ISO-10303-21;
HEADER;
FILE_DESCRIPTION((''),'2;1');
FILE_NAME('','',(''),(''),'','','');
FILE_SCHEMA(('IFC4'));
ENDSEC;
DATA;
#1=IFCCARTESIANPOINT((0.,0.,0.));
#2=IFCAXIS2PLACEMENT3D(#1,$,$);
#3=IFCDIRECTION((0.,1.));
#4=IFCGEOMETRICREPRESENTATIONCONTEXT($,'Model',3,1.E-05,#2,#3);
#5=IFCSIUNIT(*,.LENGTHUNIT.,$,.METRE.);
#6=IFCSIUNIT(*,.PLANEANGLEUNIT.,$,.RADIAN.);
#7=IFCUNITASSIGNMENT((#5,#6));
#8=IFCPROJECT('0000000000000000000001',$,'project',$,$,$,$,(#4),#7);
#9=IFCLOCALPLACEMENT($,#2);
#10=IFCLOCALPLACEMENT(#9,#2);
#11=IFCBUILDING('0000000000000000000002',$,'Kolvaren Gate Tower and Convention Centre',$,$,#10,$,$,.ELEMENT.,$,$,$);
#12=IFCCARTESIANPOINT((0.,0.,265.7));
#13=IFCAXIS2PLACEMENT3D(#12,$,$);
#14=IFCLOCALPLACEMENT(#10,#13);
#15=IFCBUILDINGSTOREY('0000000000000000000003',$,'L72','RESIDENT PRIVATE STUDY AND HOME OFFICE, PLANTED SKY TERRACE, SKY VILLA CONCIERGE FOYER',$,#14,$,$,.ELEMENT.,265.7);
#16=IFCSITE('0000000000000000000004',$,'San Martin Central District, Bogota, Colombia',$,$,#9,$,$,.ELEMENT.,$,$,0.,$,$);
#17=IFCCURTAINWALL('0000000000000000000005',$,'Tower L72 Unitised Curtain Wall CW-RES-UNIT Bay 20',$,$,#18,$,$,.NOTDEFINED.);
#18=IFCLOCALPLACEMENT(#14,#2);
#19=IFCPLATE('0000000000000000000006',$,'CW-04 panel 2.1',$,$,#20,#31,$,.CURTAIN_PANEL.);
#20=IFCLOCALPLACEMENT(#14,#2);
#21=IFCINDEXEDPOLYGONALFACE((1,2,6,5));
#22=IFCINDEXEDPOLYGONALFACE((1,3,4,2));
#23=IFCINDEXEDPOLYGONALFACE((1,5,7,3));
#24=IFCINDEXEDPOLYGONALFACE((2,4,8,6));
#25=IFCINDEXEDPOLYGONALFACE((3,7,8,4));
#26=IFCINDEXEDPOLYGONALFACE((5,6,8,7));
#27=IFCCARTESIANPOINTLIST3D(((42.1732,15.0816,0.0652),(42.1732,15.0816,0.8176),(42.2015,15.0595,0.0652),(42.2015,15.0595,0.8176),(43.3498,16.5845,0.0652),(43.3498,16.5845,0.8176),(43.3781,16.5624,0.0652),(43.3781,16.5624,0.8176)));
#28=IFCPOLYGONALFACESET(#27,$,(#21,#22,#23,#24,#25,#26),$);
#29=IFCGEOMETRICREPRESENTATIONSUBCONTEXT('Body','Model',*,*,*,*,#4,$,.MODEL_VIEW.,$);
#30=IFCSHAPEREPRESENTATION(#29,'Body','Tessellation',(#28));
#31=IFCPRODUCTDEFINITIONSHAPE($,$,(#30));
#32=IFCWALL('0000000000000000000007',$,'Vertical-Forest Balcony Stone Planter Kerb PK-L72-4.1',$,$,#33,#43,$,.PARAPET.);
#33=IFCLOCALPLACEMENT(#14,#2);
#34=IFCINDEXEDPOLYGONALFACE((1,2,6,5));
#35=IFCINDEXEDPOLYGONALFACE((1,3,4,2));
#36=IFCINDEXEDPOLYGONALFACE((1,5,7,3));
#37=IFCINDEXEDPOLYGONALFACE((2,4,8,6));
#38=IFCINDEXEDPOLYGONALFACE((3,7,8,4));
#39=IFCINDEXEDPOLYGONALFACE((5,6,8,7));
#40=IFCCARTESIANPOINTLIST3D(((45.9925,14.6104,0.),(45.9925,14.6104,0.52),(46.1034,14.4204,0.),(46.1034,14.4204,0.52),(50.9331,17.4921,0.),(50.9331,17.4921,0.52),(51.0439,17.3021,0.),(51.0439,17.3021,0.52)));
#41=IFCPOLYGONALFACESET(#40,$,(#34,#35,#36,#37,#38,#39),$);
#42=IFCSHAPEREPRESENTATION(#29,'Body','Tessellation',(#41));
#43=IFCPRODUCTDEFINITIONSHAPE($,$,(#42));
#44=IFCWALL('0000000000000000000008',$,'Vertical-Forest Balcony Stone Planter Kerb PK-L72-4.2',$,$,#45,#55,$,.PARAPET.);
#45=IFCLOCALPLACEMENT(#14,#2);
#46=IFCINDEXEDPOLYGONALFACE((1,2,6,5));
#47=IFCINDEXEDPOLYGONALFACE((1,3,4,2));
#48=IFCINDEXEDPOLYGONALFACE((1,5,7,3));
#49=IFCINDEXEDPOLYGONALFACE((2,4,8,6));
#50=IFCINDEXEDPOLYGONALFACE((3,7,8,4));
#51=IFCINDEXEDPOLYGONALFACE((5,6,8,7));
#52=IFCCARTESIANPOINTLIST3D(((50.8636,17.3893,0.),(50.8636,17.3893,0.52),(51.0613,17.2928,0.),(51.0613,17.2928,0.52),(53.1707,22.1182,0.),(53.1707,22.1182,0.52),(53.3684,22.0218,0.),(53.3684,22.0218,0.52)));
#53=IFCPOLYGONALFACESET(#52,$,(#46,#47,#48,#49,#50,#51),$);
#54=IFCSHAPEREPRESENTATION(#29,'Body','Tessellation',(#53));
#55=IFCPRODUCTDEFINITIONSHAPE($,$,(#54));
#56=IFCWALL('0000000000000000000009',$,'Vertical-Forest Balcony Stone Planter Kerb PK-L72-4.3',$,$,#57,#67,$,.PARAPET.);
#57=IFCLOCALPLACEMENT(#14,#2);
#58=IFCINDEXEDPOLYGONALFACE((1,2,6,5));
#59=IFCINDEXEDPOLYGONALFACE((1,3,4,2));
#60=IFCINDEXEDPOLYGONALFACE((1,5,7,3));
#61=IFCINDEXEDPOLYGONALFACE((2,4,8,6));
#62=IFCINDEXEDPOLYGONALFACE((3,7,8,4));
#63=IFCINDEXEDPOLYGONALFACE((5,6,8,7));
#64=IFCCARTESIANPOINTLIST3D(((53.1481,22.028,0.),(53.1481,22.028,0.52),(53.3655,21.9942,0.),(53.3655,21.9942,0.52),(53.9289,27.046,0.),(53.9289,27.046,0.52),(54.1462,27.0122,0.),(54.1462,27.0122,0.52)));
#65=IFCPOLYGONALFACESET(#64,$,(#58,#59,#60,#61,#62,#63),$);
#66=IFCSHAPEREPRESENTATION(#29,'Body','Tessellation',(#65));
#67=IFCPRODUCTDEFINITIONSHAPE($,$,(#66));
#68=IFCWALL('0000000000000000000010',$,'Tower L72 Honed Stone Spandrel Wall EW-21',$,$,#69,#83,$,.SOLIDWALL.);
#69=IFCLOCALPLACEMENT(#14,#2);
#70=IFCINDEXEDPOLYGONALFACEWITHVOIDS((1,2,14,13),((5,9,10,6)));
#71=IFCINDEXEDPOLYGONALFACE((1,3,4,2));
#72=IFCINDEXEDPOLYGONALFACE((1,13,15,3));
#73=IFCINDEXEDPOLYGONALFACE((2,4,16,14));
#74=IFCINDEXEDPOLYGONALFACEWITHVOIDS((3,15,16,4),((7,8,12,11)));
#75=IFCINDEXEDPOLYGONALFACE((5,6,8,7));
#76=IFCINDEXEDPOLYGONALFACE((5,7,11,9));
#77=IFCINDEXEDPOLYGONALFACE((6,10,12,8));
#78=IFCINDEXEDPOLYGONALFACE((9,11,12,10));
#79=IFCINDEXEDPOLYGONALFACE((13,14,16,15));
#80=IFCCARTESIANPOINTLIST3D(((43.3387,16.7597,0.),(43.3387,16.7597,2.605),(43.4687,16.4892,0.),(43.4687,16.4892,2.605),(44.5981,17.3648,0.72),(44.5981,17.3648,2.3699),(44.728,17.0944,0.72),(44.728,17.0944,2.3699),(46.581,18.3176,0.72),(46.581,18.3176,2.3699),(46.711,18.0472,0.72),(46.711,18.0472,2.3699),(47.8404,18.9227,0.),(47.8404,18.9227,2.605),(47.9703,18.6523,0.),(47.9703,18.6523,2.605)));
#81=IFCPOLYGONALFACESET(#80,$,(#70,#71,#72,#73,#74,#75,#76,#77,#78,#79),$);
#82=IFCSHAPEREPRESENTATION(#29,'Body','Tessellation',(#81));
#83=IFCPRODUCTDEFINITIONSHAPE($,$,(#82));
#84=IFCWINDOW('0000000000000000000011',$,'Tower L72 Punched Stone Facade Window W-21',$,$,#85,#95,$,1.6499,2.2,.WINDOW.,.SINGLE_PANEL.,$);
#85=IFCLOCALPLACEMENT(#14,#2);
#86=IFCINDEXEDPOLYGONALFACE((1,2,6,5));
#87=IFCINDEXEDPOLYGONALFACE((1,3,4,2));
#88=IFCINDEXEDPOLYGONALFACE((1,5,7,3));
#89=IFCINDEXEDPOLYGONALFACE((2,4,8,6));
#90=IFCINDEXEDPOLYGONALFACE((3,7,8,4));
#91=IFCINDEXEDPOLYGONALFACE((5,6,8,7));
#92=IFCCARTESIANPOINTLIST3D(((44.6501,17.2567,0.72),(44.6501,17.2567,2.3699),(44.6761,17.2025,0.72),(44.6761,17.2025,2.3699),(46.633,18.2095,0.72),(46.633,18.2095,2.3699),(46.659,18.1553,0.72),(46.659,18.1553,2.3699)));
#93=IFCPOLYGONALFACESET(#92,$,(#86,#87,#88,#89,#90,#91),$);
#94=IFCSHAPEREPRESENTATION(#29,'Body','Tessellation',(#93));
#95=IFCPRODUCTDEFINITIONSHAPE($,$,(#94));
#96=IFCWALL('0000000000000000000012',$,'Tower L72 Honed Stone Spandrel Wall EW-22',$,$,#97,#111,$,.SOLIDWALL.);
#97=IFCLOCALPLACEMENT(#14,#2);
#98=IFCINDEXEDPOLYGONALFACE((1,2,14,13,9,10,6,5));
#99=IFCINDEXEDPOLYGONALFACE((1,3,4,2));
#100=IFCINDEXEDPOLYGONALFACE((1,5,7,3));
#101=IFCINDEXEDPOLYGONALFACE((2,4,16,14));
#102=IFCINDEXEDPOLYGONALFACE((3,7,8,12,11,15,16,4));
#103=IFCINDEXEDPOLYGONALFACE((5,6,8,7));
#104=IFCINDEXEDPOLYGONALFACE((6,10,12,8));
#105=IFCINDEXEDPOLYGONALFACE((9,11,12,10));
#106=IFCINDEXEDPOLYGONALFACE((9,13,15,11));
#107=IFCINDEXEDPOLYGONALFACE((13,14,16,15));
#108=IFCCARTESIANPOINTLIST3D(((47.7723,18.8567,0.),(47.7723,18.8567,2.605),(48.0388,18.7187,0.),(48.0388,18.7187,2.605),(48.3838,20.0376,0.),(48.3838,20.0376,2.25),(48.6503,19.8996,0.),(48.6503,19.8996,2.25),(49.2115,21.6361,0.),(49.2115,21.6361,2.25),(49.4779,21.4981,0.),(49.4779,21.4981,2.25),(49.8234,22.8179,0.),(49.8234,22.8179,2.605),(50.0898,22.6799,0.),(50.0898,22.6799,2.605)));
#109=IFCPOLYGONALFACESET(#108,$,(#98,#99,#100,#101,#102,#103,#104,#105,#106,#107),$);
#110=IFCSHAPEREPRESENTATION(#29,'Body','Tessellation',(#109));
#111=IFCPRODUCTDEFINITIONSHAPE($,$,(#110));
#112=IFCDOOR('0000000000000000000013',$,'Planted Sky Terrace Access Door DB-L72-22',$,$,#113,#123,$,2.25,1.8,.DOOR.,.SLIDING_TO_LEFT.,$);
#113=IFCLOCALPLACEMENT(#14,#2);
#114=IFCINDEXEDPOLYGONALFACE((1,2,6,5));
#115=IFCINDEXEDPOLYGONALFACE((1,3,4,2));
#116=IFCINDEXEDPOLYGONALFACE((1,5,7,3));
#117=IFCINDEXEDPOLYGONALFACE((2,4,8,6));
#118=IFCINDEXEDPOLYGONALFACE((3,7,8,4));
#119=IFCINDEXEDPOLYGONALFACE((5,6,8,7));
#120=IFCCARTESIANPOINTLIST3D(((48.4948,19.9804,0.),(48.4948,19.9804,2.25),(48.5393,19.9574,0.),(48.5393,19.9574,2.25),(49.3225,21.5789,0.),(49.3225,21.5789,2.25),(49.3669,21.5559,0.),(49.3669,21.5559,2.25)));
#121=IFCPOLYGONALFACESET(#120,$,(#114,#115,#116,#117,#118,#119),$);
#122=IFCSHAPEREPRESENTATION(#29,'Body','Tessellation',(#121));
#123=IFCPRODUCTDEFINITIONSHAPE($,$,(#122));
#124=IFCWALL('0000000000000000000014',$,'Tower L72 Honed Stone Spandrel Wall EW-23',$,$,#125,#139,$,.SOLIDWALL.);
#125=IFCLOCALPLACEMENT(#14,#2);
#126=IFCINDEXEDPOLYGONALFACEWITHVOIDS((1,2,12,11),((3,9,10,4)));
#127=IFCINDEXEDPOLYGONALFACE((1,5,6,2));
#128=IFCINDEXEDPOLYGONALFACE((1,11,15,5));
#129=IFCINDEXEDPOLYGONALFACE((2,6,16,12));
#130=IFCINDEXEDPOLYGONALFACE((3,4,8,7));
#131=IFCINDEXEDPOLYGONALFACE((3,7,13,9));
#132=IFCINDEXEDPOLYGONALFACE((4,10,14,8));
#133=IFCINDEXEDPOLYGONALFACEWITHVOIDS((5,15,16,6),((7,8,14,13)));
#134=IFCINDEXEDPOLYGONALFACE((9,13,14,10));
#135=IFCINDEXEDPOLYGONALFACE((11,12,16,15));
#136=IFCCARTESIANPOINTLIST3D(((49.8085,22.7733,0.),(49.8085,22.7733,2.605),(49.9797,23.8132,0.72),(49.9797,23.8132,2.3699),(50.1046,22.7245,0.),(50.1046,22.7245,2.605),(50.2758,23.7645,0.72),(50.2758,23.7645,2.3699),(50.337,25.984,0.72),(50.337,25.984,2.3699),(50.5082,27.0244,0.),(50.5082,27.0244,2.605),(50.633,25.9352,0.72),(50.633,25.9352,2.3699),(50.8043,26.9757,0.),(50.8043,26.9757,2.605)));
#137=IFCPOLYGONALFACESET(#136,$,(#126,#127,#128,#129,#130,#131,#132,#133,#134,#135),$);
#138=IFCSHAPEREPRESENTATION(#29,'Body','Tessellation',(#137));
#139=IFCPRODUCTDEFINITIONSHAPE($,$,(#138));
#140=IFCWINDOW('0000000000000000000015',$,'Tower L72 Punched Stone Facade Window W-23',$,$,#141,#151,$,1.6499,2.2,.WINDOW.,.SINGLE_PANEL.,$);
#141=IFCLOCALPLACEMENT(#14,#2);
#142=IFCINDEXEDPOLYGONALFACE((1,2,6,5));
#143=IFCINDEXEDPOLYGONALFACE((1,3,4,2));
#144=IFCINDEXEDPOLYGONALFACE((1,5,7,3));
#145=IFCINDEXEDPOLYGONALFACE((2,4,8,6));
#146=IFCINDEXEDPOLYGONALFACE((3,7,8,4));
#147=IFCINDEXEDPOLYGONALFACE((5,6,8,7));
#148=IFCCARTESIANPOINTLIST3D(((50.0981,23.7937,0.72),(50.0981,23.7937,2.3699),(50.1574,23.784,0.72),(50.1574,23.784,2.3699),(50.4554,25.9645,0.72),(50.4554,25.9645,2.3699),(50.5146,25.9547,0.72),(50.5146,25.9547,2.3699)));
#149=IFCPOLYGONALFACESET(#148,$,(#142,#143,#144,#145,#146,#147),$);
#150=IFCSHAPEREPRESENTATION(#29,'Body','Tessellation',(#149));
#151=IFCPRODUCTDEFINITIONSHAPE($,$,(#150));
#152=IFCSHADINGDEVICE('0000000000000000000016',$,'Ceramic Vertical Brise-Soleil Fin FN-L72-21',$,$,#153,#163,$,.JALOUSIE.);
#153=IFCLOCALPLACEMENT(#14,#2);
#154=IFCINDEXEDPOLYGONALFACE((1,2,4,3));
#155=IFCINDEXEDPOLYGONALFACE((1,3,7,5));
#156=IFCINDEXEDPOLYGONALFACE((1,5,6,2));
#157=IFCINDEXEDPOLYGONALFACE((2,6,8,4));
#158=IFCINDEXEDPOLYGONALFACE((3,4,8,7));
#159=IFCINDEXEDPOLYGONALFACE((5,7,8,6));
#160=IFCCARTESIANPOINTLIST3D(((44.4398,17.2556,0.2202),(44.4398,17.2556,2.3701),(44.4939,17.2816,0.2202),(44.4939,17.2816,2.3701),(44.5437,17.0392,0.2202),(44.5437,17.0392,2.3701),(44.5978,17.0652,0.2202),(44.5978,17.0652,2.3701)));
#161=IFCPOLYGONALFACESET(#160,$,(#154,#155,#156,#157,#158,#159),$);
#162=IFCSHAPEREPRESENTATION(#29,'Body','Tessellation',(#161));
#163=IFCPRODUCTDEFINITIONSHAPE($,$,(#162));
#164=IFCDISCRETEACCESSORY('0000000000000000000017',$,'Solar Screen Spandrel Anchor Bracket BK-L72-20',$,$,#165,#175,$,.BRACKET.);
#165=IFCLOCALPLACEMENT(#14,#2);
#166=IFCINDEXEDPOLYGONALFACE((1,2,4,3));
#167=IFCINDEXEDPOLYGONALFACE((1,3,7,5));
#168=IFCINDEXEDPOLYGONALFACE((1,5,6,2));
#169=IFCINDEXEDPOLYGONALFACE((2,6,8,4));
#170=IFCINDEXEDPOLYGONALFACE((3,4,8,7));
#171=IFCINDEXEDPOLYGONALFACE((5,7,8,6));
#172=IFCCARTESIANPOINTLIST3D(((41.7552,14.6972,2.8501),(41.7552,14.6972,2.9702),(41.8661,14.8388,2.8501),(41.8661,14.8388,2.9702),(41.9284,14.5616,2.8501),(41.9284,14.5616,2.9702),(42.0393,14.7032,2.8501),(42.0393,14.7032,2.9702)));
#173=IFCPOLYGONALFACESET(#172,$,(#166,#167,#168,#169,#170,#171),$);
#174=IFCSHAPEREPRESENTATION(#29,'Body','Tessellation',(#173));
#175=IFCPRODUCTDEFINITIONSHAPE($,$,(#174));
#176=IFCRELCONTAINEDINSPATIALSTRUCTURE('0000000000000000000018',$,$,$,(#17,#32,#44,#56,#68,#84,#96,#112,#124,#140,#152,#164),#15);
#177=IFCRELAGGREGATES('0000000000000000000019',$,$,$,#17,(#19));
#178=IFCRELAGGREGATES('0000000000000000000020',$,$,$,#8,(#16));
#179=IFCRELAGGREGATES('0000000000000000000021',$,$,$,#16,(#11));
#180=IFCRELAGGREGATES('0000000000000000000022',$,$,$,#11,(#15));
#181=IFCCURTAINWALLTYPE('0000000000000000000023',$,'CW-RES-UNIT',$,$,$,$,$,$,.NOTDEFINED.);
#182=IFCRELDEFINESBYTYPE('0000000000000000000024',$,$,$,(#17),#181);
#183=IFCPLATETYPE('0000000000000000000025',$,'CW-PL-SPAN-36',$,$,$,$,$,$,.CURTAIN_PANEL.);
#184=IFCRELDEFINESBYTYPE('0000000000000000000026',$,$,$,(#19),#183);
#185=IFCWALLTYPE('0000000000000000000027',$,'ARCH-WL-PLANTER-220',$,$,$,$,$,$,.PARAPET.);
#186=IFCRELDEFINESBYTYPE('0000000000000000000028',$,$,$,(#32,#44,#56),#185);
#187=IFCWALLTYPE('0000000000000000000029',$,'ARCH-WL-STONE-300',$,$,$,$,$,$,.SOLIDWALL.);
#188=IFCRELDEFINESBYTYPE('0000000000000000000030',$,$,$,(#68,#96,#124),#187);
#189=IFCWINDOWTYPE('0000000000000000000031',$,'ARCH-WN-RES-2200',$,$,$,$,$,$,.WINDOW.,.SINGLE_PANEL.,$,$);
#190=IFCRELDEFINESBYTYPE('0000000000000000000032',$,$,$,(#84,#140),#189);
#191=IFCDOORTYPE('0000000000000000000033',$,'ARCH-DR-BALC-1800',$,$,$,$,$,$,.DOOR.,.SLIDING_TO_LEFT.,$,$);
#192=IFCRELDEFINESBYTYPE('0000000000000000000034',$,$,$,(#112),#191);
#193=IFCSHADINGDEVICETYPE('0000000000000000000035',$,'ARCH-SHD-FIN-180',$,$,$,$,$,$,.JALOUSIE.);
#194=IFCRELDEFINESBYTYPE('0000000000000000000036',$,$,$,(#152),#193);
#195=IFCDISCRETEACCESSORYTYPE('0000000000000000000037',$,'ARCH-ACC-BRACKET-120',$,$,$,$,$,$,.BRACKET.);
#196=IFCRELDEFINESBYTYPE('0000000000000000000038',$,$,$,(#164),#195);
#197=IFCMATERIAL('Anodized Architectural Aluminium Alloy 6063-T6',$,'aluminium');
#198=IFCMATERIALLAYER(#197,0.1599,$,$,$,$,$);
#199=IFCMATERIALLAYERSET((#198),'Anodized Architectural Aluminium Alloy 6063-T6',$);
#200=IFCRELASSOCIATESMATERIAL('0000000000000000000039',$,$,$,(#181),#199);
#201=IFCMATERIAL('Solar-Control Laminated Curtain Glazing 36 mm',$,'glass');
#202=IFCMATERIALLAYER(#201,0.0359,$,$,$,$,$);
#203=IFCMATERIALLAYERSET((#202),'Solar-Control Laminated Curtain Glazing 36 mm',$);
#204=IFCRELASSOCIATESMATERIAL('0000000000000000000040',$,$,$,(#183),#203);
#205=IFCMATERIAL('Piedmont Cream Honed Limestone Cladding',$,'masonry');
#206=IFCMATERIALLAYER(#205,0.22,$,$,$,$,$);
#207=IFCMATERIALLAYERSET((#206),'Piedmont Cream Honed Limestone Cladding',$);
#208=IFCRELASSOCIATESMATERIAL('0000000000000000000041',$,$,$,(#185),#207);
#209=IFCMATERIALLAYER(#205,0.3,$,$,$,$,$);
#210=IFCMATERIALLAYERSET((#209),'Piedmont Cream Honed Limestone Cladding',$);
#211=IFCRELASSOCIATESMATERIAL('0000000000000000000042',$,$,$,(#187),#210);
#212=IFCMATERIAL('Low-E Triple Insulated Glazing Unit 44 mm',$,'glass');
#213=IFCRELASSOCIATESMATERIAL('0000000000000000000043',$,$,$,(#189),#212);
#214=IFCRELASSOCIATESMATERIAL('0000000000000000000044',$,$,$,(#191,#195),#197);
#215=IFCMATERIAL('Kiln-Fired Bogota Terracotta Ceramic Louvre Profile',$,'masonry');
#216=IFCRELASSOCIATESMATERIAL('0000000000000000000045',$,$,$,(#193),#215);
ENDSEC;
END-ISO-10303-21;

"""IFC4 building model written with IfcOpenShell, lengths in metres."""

from ifc_helpers import new_model, si_unit, direction, frame, frame_2d, origin, origin_2d, place, context, subcontext, project, spatial, rectangle, extrude, material, layer, layer_set, type_object, element, fill, aggregate, save


model = new_model("IFC4")

# Units and contexts
model_context = context("Model", 3, precision=1e-05, world=origin(), true_north=direction((0.0, 1.0)))
body_context = subcontext(model_context, "Body", "Model", "MODEL_VIEW")
ifc_project = project(units=[si_unit("LENGTHUNIT", "METRE"), si_unit("PLANEANGLEUNIT", "RADIAN")], contexts=[model_context])

# Site, building, storey
site_placement = place(None, origin())
site = spatial("IfcSite", under=ifc_project, at=site_placement, Name="San Martin Central District, Bogota, Colombia", CompositionType="ELEMENT", RefElevation=0.0)
building_placement = place(site_placement, origin())
building = spatial("IfcBuilding", under=site, at=building_placement, Name="Kolvaren Gate Tower and Convention Centre", CompositionType="ELEMENT")
storey_placement = place(building_placement, frame((0.0, 0.0, 265.7)))
storey = spatial("IfcBuildingStorey", under=building, at=storey_placement, Name="L72", Description="RESIDENT PRIVATE STUDY AND HOME OFFICE, PLANTED SKY TERRACE, SKY VILLA CONCIERGE FOYER", CompositionType="ELEMENT", Elevation=265.7)

# Curtain wall
ifc_material_1 = material(Name="Anodized Architectural Aluminium Alloy 6063-T6", Category="aluminium")
ifc_layer_1 = layer(ifc_material_1, 0.1599)
ifc_layer_set_1 = layer_set([ifc_layer_1], Name="Anodized Architectural Aluminium Alloy 6063-T6")
curtain_wall_type = type_object("IfcCurtainWallType", Name="CW-RES-UNIT", PredefinedType="NOTDEFINED", material=ifc_layer_set_1)
curtain_wall_placement = place(storey_placement, origin())
curtain_wall = element("IfcCurtainWall", 1, at=curtain_wall_placement, inside=storey, type_object=curtain_wall_type, Name="Tower L72 Unitised Curtain Wall CW-RES-UNIT Bay 20", PredefinedType="NOTDEFINED")

# Plate
ifc_material_2 = material(Name="Low-E Triple Insulated Glazing Unit 44 mm", Category="glass")
ifc_material_3 = material(Name="Solar-Control Laminated Curtain Glazing 36 mm", Category="glass")
ifc_layer_2 = layer(ifc_material_3, 0.0359)
ifc_layer_set_2 = layer_set([ifc_layer_2], Name="Solar-Control Laminated Curtain Glazing 36 mm")
plate_type_1 = type_object("IfcPlateType", Name="CW-PL-SPAN-36", PredefinedType="CURTAIN_PANEL", material=ifc_layer_set_2)
plate_1_placement = place(storey_placement, frame((42.7756, 15.822, 0.0652), z_axis=(0.0, 0.0, 1.0), x_axis=(0.616433, 0.787408, 0.0)))
plate_1 = element("IfcPlate", 2, at=plate_1_placement, type_object=plate_type_1, Name="CW-04 panel 2.1", PredefinedType="CURTAIN_PANEL", context=body_context, shape_type="SweptSolid", body=[
    extrude(rectangle(XDim=1.9087, YDim=0.0359, at=origin_2d()), origin(), (0.0, 0.0, 1.0), 0.7524),
])
aggregate(curtain_wall, [plate_1])

# Walls
ifc_material_4 = material(Name="Piedmont Cream Honed Limestone Cladding", Category="masonry")
ifc_layer_3 = layer(ifc_material_4, 0.22)
ifc_layer_set_3 = layer_set([ifc_layer_3], Name="Piedmont Cream Honed Limestone Cladding")
wall_type_1 = type_object("IfcWallType", Name="ARCH-WL-PLANTER-220", PredefinedType="PARAPET", material=ifc_layer_set_3)
wall_1_placement = place(storey_placement, frame((46.0479, 14.5154, 0.0), z_axis=(0.0, 0.0, 1.0), x_axis=(0.863804, 0.503829, 0.0)))
element("IfcWall", 3, at=wall_1_placement, inside=storey, type_object=wall_type_1, Name="Vertical-Forest Balcony Stone Planter Kerb PK-L72-4.1", PredefinedType="PARAPET", context=body_context, shape_type="SweptSolid", body=[
    extrude(rectangle(XDim=5.7195, YDim=0.22, at=frame_2d((2.8599, 0.0))), origin(), (0.0, 0.0, 1.0), 0.52),
])
wall_2_placement = place(storey_placement, frame((50.9624, 17.3411, 0.0), z_axis=(0.0, 0.0, 1.0), x_axis=(0.438469, 0.898746, 0.0)))
element("IfcWall", 4, at=wall_2_placement, inside=storey, type_object=wall_type_1, Name="Vertical-Forest Balcony Stone Planter Kerb PK-L72-4.2", PredefinedType="PARAPET", context=body_context, shape_type="SweptSolid", body=[
    extrude(rectangle(XDim=5.2617, YDim=0.22, at=frame_2d((2.6309, 0.0))), origin(), (0.0, 0.0, 1.0), 0.52),
])
wall_3_placement = place(storey_placement, frame((53.2568, 22.0112, 0.0), z_axis=(0.0, 0.0, 1.0), x_axis=(0.15374, 0.988111, 0.0)))
element("IfcWall", 5, at=wall_3_placement, inside=storey, type_object=wall_type_1, Name="Vertical-Forest Balcony Stone Planter Kerb PK-L72-4.3", PredefinedType="PARAPET", context=body_context, shape_type="SweptSolid", body=[
    extrude(rectangle(XDim=5.0784, YDim=0.22, at=frame_2d((2.5391, 0.0))), origin(), (0.0, 0.0, 1.0), 0.52),
])

# Wall, opening, window
ifc_layer_4 = layer(ifc_material_4, 0.3)
ifc_layer_set_4 = layer_set([ifc_layer_4], Name="Piedmont Cream Honed Limestone Cladding")
wall_type_2 = type_object("IfcWallType", Name="ARCH-WL-STONE-300", PredefinedType="SOLIDWALL", material=ifc_layer_set_4)
wall_4_placement = place(storey_placement, frame((43.4038, 16.6245, 0.0), z_axis=(0.0, 0.0, 1.0), x_axis=(0.901346, 0.4331, 0.0)))
wall_4 = element("IfcWall", 6, at=wall_4_placement, inside=storey, type_object=wall_type_2, Name="Tower L72 Honed Stone Spandrel Wall EW-21", PredefinedType="SOLIDWALL", context=body_context, shape_type="SweptSolid", body=[
    extrude(rectangle(XDim=4.9944, YDim=0.3, at=frame_2d((2.4971, 0.0))), origin(), (0.0, 0.0, 1.0), 2.605),
])
opening_1_placement = place(wall_4_placement, frame((1.397, 0.0, 0.72)))
opening_1 = element("IfcOpeningElement", 7, at=opening_1_placement, cuts=wall_4, PredefinedType="OPENING", context=body_context, shape_type="SweptSolid", body=[
    extrude(rectangle(XDim=2.2, YDim=1.6499, at=frame_2d((1.1001, 0.825))), frame((0.0, 0.1599, 0.0), z_axis=(0.0, -1.0, 0.0), x_axis=(1.0, 0.0, 0.0)), (0.0, 0.0, 1.0), 0.3201),
])
window_type = type_object("IfcWindowType", Name="ARCH-WN-RES-2200", PartitioningType="SINGLE_PANEL", PredefinedType="WINDOW", material=ifc_material_2)
window_1_placement = place(opening_1_placement, origin())
window_1 = element("IfcWindow", 8, at=window_1_placement, inside=storey, type_object=window_type, Name="Tower L72 Punched Stone Facade Window W-21", OverallHeight=1.6499, OverallWidth=2.2, PartitioningType="SINGLE_PANEL", PredefinedType="WINDOW", context=body_context, shape_type="SweptSolid", body=[
    extrude(rectangle(XDim=2.2, YDim=1.6499, at=frame_2d((1.1001, 0.825))), frame((0.0, 0.03, 0.0), z_axis=(0.0, -1.0, 0.0), x_axis=(1.0, 0.0, 0.0)), (0.0, 0.0, 1.0), 0.0601),
])
fill(opening_1, window_1)

# Wall, opening, door
wall_5_placement = place(storey_placement, frame((47.9055, 18.7876, 0.0), z_axis=(0.0, 0.0, 1.0), x_axis=(0.459801, 0.888022, 0.0)))
wall_5 = element("IfcWall", 9, at=wall_5_placement, inside=storey, type_object=wall_type_2, Name="Tower L72 Honed Stone Spandrel Wall EW-22", PredefinedType="SOLIDWALL", context=body_context, shape_type="SweptSolid", body=[
    extrude(rectangle(XDim=4.4607, YDim=0.3, at=frame_2d((2.2305, 0.0))), origin(), (0.0, 0.0, 1.0), 2.605),
])
opening_2_placement = place(wall_5_placement, frame((1.3301, 0.0, 0.0)))
opening_2 = element("IfcOpeningElement", 10, at=opening_2_placement, cuts=wall_5, PredefinedType="OPENING", context=body_context, shape_type="SweptSolid", body=[
    extrude(rectangle(XDim=1.8, YDim=2.25, at=frame_2d((0.8999, 1.125))), frame((0.0, 0.1599, 0.0), z_axis=(0.0, -1.0, 0.0), x_axis=(1.0, 0.0, 0.0)), (0.0, 0.0, 1.0), 0.3201),
])
door_type = type_object("IfcDoorType", Name="ARCH-DR-BALC-1800", OperationType="SLIDING_TO_LEFT", PredefinedType="DOOR", material=ifc_material_1)
door_placement = place(opening_2_placement, frame((1.8, 0.0, 0.0), z_axis=(0.0, 0.0, 1.0), x_axis=(-1.0, 0.0, 0.0)))
door = element("IfcDoor", 11, at=door_placement, inside=storey, type_object=door_type, Name="Planted Sky Terrace Access Door DB-L72-22", OperationType="SLIDING_TO_LEFT", OverallHeight=2.25, OverallWidth=1.8, PredefinedType="DOOR", context=body_context, shape_type="SweptSolid", body=[
    extrude(rectangle(XDim=1.8, YDim=2.25, at=frame_2d((0.8999, 1.125))), frame((0.0, 0.0249, 0.0), z_axis=(0.0, -1.0, 0.0), x_axis=(1.0, 0.0, 0.0)), (0.0, 0.0, 1.0), 0.05),
])
fill(opening_2, door)

# Wall, opening, window
wall_6_placement = place(storey_placement, frame((49.9565, 22.7488, 0.0), z_axis=(0.0, 0.0, 1.0), x_axis=(0.162405, 0.986724, 0.0)))
wall_6 = element("IfcWall", 12, at=wall_6_placement, inside=storey, type_object=wall_type_2, Name="Tower L72 Honed Stone Spandrel Wall EW-23", PredefinedType="SOLIDWALL", context=body_context, shape_type="SweptSolid", body=[
    extrude(rectangle(XDim=4.3083, YDim=0.3, at=frame_2d((2.1543, 0.0))), origin(), (0.0, 0.0, 1.0), 2.605),
])
opening_3_placement = place(wall_6_placement, frame((1.054, 0.0, 0.72)))
opening_3 = element("IfcOpeningElement", 13, at=opening_3_placement, cuts=wall_6, PredefinedType="OPENING", context=body_context, shape_type="SweptSolid", body=[
    extrude(rectangle(XDim=2.2, YDim=1.6499, at=frame_2d((1.1001, 0.825))), frame((0.0, 0.1599, 0.0), z_axis=(0.0, -1.0, 0.0), x_axis=(1.0, 0.0, 0.0)), (0.0, 0.0, 1.0), 0.3201),
])
window_2_placement = place(opening_3_placement, origin())
window_2 = element("IfcWindow", 14, at=window_2_placement, inside=storey, type_object=window_type, Name="Tower L72 Punched Stone Facade Window W-23", OverallHeight=1.6499, OverallWidth=2.2, PartitioningType="SINGLE_PANEL", PredefinedType="WINDOW", context=body_context, shape_type="SweptSolid", body=[
    extrude(rectangle(XDim=2.2, YDim=1.6499, at=frame_2d((1.1001, 0.825))), frame((0.0, 0.03, 0.0), z_axis=(0.0, -1.0, 0.0), x_axis=(1.0, 0.0, 0.0)), (0.0, 0.0, 1.0), 0.0601),
])
fill(opening_3, window_2)

# Shading device
ifc_material_5 = material(Name="Kiln-Fired Bogota Terracotta Ceramic Louvre Profile", Category="masonry")
shading_device_type = type_object("IfcShadingDeviceType", Name="ARCH-SHD-FIN-180", PredefinedType="JALOUSIE", material=ifc_material_5)
shading_device_placement = place(storey_placement, frame((44.5188, 17.1604, 0.2202), z_axis=(0.0, 0.0, 1.0), x_axis=(0.901356, 0.433079, 0.0)))
element("IfcShadingDevice", 15, at=shading_device_placement, inside=storey, type_object=shading_device_type, Name="Ceramic Vertical Brise-Soleil Fin FN-L72-21", PredefinedType="JALOUSIE", context=body_context, shape_type="SweptSolid", body=[
    extrude(rectangle(XDim=0.0601, YDim=0.24, at=origin_2d()), origin(), (0.0, 0.0, 1.0), 2.1499),
])

# Discrete accessory
discrete_accessory_type = type_object("IfcDiscreteAccessoryType", Name="ARCH-ACC-BRACKET-120", PredefinedType="BRACKET", material=ifc_material_1)
discrete_accessory_1_placement = place(storey_placement, frame((41.8972, 14.7002, 2.8501), z_axis=(0.0, 0.0, 1.0), x_axis=(0.61643, 0.78741, 0.0)))
element("IfcDiscreteAccessory", 16, at=discrete_accessory_1_placement, inside=storey, type_object=discrete_accessory_type, Name="Solar Screen Spandrel Anchor Bracket BK-L72-20", PredefinedType="BRACKET", context=body_context, shape_type="SweptSolid", body=[
    extrude(rectangle(XDim=0.1799, YDim=0.22, at=origin_2d()), origin(), (0.0, 0.0, 1.0), 0.1201),
])

save(model, "model.ifc")
